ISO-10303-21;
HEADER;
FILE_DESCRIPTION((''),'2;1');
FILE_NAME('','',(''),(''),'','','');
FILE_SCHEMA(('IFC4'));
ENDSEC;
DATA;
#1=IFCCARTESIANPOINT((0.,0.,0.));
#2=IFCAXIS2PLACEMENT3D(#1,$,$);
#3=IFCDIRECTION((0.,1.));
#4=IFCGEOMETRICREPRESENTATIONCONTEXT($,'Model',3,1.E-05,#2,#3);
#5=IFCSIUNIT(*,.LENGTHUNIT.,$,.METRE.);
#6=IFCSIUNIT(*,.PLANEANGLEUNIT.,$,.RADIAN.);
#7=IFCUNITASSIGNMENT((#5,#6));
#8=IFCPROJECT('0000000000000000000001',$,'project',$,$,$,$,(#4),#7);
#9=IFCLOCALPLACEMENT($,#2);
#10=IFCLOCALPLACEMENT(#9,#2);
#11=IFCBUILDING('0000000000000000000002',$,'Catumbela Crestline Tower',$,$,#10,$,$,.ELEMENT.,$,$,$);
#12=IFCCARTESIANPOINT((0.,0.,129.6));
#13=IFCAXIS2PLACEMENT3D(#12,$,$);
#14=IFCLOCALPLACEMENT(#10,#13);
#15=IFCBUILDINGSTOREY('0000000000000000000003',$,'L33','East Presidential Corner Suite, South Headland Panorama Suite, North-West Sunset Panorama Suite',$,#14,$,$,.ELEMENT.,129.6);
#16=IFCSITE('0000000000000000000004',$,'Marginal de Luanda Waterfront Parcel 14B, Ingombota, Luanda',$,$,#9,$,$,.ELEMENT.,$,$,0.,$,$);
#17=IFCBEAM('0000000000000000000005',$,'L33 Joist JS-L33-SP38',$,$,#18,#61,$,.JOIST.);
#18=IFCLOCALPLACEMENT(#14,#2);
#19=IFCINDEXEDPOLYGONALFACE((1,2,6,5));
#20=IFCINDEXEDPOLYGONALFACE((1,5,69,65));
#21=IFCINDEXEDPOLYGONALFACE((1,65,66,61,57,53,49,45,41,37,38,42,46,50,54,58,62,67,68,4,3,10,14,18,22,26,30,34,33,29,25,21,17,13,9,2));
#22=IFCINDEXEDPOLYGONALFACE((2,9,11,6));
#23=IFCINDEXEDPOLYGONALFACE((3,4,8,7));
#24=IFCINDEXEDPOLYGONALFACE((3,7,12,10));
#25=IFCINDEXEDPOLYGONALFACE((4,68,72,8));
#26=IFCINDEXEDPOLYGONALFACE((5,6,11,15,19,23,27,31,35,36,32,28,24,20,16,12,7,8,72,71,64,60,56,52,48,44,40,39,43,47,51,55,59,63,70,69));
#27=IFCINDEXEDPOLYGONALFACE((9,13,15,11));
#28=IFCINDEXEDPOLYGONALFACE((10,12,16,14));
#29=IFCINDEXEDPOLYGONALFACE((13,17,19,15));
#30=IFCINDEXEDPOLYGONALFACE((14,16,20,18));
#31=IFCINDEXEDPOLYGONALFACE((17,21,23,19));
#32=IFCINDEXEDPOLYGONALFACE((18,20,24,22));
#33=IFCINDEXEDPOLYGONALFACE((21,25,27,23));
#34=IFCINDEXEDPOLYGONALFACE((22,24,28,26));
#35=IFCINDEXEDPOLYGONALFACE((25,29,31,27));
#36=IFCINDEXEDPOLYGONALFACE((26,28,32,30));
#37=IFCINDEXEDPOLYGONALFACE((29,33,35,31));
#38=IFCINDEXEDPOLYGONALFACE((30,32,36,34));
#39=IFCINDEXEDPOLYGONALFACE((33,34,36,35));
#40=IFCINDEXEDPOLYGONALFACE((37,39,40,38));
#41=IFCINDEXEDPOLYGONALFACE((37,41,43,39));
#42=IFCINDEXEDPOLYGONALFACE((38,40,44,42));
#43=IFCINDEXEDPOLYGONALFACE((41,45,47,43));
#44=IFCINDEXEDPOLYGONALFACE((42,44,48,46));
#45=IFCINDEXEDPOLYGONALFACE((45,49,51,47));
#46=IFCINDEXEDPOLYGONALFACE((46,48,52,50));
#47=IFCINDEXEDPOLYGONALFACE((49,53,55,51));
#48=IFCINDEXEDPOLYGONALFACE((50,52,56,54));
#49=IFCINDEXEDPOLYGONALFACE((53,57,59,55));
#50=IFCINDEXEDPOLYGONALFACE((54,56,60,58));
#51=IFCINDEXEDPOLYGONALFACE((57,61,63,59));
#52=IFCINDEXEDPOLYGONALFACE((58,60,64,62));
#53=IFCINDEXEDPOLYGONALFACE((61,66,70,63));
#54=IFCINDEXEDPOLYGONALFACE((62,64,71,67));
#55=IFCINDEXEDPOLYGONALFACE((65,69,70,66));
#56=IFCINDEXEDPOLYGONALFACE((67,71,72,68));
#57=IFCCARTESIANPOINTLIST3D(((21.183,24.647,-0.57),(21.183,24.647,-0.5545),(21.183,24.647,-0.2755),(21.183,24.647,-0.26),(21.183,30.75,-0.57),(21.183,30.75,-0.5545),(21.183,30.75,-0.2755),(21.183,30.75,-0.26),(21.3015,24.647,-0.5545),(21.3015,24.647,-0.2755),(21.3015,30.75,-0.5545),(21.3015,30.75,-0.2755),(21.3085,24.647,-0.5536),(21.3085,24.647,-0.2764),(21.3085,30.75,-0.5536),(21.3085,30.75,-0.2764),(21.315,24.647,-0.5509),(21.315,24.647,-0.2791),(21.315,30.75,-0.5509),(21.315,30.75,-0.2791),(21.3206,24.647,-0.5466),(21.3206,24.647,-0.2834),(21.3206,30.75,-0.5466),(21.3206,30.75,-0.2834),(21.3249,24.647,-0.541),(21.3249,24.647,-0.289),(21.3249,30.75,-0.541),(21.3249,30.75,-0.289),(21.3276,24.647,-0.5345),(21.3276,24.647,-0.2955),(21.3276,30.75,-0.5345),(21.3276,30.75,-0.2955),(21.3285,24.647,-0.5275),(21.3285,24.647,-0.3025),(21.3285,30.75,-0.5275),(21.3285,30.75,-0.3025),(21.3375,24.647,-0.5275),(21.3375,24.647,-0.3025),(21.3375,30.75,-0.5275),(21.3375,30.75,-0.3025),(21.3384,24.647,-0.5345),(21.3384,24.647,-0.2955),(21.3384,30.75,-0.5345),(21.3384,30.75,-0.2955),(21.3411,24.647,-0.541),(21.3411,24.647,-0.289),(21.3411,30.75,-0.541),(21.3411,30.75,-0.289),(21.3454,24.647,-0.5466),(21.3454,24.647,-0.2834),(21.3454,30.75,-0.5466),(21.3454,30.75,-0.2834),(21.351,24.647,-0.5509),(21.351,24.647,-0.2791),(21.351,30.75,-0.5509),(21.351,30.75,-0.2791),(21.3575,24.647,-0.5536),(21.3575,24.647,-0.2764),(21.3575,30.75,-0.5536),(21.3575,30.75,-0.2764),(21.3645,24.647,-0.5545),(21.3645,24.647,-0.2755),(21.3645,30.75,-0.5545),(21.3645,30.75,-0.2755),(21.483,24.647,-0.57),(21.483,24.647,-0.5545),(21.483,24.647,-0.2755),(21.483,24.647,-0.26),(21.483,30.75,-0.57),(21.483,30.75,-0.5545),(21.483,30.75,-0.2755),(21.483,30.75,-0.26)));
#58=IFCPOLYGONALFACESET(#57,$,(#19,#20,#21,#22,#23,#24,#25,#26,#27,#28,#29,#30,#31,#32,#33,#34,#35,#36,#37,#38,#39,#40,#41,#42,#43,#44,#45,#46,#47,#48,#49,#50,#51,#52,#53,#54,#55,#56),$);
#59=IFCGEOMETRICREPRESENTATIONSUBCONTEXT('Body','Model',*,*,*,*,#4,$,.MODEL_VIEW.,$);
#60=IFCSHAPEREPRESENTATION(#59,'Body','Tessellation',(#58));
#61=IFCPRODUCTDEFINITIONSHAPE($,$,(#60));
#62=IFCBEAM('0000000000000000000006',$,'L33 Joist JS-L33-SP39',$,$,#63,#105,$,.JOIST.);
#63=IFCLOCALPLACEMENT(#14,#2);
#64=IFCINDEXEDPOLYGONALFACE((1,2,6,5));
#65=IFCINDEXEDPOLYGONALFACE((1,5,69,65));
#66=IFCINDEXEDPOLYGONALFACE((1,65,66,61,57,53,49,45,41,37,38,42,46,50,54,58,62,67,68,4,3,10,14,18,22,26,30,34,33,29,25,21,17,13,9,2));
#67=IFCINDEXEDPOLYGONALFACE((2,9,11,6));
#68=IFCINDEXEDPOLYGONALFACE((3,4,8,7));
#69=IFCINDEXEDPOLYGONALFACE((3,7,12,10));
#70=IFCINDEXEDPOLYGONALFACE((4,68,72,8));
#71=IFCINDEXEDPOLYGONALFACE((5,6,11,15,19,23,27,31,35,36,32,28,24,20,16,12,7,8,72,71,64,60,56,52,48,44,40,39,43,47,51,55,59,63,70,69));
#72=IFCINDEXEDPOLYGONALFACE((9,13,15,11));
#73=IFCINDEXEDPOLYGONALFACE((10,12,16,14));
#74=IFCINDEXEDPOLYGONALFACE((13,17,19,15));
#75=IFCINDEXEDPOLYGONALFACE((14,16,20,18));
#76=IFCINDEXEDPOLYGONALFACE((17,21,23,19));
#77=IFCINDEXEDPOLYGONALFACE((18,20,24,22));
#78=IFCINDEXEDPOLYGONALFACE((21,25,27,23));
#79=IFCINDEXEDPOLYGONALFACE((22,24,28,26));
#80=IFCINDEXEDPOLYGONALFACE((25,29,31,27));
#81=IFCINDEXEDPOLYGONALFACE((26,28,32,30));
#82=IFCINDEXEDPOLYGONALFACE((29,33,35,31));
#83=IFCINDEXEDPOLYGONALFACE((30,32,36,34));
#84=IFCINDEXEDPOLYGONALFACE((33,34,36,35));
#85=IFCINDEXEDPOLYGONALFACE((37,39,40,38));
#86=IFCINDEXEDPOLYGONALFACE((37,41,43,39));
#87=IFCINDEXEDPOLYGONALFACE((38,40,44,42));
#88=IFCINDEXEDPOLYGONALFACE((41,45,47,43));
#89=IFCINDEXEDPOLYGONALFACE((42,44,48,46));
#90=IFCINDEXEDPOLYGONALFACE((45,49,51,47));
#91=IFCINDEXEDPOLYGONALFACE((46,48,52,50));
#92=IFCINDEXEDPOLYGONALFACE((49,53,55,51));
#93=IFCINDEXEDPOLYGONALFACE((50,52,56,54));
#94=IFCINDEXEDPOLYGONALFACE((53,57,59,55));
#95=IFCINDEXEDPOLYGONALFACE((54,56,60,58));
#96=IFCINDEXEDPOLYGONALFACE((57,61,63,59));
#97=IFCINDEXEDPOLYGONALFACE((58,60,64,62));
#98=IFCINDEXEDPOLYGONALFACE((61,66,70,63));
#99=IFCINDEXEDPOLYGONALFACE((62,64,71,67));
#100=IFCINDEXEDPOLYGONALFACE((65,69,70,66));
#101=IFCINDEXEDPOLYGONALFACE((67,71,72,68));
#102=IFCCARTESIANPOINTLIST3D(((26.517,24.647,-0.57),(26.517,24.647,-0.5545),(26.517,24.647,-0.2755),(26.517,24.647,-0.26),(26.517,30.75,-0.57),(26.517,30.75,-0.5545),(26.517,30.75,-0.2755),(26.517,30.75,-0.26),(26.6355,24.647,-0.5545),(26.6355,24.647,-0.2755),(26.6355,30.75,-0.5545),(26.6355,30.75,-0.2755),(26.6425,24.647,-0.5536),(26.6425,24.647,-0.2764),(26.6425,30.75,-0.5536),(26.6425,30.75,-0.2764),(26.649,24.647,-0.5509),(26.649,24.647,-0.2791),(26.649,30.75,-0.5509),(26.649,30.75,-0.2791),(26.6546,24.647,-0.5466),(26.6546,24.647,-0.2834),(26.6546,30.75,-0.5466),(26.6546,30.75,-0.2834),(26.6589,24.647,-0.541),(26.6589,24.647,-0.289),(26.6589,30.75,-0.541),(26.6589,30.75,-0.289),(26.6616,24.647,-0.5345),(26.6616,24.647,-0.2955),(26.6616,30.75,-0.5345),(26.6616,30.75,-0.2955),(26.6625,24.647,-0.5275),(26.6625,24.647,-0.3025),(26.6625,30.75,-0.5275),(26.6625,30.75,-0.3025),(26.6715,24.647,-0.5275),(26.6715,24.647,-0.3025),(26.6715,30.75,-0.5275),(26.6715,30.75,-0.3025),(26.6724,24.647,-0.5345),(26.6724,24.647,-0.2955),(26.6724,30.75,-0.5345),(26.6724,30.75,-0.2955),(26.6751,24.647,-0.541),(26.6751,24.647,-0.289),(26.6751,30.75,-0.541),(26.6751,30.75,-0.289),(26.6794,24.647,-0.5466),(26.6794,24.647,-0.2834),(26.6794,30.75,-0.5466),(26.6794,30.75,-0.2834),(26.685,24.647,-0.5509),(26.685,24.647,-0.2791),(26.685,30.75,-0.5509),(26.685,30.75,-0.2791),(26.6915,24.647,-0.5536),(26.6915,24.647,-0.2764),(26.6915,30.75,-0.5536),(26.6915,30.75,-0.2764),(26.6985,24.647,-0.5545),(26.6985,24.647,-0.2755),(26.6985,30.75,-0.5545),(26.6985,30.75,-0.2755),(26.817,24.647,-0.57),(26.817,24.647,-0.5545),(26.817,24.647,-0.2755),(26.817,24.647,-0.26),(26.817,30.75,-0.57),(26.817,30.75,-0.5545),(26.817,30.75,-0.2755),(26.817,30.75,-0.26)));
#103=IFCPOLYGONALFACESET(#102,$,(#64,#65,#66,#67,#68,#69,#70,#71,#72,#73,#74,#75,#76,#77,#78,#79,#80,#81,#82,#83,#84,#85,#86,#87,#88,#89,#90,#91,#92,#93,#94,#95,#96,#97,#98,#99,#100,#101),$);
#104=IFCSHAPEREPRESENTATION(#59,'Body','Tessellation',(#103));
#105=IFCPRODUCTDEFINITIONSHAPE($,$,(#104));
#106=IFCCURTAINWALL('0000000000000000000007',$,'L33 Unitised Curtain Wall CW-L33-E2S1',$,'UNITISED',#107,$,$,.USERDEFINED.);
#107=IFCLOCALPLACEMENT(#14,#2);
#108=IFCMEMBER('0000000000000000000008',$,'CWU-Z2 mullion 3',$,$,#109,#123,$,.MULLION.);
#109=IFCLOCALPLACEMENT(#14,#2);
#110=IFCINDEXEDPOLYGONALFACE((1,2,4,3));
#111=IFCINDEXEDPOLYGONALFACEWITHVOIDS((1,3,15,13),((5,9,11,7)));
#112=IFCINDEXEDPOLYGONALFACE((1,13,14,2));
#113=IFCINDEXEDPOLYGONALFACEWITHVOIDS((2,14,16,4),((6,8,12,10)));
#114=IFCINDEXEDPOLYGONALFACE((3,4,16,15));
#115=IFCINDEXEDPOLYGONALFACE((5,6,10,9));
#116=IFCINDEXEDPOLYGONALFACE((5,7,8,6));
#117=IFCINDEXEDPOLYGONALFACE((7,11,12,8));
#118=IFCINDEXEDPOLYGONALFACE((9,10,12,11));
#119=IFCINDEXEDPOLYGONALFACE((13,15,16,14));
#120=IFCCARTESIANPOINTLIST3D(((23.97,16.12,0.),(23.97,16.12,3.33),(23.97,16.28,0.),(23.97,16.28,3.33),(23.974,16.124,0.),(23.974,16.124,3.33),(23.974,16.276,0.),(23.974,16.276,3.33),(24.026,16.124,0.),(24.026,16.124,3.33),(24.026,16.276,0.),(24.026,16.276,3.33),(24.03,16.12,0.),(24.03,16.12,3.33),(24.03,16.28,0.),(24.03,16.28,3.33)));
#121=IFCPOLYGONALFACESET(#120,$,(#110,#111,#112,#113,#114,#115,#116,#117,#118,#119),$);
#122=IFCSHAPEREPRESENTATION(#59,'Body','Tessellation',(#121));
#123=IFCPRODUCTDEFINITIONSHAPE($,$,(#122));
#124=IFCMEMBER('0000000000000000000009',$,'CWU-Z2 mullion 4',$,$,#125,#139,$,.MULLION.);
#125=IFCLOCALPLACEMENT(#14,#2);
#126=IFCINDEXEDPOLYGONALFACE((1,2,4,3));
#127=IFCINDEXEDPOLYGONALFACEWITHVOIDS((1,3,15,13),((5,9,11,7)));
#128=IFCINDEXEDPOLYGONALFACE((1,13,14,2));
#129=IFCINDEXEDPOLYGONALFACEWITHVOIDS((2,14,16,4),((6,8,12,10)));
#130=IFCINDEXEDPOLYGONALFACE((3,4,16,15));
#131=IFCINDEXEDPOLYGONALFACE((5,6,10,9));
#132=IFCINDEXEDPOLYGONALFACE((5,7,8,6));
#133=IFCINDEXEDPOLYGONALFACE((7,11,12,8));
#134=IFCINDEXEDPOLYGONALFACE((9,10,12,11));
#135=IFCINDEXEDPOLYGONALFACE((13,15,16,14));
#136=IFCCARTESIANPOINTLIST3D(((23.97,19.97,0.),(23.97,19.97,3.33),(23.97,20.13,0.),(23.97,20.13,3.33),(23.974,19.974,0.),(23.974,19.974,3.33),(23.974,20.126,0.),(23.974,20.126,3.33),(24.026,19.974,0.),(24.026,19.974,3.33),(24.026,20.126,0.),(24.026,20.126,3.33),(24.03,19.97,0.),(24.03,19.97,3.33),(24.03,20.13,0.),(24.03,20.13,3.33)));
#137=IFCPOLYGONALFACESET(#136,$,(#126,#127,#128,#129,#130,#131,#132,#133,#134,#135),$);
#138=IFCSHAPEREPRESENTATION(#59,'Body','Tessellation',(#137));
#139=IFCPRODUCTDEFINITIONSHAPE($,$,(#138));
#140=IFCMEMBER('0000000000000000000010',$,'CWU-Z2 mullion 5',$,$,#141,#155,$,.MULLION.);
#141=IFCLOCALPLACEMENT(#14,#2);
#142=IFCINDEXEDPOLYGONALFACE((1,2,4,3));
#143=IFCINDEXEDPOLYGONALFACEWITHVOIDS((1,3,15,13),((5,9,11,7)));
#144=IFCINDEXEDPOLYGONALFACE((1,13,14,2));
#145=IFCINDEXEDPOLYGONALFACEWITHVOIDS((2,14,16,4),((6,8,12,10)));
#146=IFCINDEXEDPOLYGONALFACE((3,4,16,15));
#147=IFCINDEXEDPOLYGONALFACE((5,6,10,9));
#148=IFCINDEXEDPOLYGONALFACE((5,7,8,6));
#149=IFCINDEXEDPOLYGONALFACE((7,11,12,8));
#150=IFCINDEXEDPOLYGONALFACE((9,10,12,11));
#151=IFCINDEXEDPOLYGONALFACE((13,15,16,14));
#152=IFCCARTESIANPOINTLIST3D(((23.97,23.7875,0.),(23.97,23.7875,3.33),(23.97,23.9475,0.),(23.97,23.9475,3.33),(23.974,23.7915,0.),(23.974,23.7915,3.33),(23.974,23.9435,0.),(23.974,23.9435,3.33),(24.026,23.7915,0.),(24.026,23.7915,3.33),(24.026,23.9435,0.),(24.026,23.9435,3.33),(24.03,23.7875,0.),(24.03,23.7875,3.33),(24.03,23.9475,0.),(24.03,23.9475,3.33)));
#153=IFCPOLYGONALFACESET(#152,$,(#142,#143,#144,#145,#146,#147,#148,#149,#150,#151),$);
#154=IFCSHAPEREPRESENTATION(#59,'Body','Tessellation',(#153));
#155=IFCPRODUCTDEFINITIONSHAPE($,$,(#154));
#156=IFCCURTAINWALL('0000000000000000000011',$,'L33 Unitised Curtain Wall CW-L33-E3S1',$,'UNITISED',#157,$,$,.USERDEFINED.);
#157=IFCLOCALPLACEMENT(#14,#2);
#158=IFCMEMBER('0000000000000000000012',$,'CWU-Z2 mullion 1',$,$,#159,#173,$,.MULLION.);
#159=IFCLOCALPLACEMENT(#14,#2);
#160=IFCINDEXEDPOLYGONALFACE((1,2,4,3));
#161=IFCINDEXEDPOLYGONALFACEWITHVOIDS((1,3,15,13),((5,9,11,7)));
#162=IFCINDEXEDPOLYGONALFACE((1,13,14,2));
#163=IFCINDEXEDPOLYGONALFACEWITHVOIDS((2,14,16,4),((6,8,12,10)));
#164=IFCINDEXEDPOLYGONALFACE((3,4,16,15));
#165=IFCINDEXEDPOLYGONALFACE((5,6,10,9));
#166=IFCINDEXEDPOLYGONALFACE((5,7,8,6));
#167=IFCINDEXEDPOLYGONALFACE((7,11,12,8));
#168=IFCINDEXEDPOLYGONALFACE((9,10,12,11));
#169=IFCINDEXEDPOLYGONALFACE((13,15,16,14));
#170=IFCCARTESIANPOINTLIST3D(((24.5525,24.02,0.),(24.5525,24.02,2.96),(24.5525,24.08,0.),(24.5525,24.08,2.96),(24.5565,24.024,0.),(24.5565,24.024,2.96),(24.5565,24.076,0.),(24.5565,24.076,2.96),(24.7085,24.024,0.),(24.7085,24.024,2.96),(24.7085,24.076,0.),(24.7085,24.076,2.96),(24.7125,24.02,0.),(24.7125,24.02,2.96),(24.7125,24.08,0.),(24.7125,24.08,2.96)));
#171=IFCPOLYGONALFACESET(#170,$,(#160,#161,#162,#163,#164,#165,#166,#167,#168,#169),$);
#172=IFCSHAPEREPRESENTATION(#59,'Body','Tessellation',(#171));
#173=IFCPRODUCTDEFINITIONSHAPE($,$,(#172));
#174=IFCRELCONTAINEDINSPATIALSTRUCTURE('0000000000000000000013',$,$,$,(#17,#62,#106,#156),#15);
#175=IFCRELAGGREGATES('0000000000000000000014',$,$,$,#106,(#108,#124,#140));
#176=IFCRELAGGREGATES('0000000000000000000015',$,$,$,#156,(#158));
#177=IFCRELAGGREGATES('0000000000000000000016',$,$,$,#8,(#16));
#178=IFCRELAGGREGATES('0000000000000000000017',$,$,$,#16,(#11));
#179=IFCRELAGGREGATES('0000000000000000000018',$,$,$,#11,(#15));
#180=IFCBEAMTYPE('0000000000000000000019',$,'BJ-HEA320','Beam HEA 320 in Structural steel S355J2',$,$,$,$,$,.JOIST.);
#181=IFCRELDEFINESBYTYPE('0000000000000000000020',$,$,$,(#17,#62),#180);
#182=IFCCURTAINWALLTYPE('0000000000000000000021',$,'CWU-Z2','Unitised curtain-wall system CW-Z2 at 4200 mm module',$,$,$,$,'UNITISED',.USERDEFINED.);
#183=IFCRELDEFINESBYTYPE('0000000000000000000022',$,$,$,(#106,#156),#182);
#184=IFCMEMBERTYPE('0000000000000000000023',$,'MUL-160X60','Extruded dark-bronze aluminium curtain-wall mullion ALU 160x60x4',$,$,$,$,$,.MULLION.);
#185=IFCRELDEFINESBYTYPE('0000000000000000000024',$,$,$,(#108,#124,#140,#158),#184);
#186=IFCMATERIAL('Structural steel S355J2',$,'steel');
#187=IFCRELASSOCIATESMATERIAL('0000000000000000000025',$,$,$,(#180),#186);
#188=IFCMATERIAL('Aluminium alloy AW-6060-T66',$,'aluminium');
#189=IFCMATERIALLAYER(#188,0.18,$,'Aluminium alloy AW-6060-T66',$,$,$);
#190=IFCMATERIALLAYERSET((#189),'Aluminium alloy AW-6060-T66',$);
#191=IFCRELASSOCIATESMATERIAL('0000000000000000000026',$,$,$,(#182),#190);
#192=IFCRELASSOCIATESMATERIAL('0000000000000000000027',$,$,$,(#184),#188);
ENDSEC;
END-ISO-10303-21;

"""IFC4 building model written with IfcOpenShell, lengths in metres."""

from ifc_helpers import new_model, si_unit, direction, frame, origin, origin_2d, place, context, subcontext, project, spatial, hollow_rectangle, i_section, extrude, material, layer, layer_set, material_profile, profile_set, type_object, element, aggregate, save


model = new_model("IFC4")

# Units and contexts
model_context = context("Model", 3, precision=1e-05, world=origin(), true_north=direction((0.0, 1.0)))
body_context = subcontext(model_context, "Body", "Model", "MODEL_VIEW")
ifc_project = project(units=[si_unit("LENGTHUNIT", "METRE"), si_unit("PLANEANGLEUNIT", "RADIAN")], contexts=[model_context])

# Site, building, storey
site_placement = place(None, origin())
site = spatial("IfcSite", under=ifc_project, at=site_placement, Name="Marginal de Luanda Waterfront Parcel 14B, Ingombota, Luanda", CompositionType="ELEMENT", RefElevation=0.0)
building_placement = place(site_placement, origin())
building = spatial("IfcBuilding", under=site, at=building_placement, Name="Catumbela Crestline Tower", CompositionType="ELEMENT")
storey_placement = place(building_placement, frame((0.0, 0.0, 129.6)))
storey = spatial("IfcBuildingStorey", under=building, at=storey_placement, Name="L33", Description="East Presidential Corner Suite, South Headland Panorama Suite, North-West Sunset Panorama Suite", CompositionType="ELEMENT", Elevation=129.6)

# Beams
ifc_material_1 = material(Name="Structural steel S355J2", Category="steel")
ifc_material_profile_1 = material_profile(ifc_material_1, i_section(OverallWidth=0.3, OverallDepth=0.31, WebThickness=0.009, FlangeThickness=0.0155, FilletRadius=0.027, at=origin_2d()), Name="HEA 320")
ifc_profile_set_1 = profile_set([ifc_material_profile_1], Name="Structural steel S355J2")
beam_type_1 = type_object("IfcBeamType", Name="BJ-HEA320", Description="Beam HEA 320 in Structural steel S355J2", PredefinedType="JOIST", material=ifc_profile_set_1)
for number, where, z_axis, x_axis, name in (
    (1, (21.333, 24.647, -0.415), (0.0, 1.0, 0.0), (-1.0, 0.0, 0.0), "L33 Joist JS-L33-SP38"),
    (2, (26.667, 24.647, -0.415), (0.0, 1.0, 0.0), (-1.0, 0.0, 0.0), "L33 Joist JS-L33-SP39"),
):
    element("IfcBeam", number, at=place(storey_placement, frame(where, z_axis=z_axis, x_axis=x_axis)), inside=storey, type_object=beam_type_1, Name=name, PredefinedType="JOIST", context=body_context, shape_type="SweptSolid", body=[
        extrude(i_section(OverallWidth=0.3, OverallDepth=0.31, WebThickness=0.009, FlangeThickness=0.0155, FilletRadius=0.027, at=origin_2d()), origin(), (0.0, 0.0, 1.0), 6.103),
    ])

# Curtain wall, members
ifc_material_2 = material(Name="Aluminium alloy AW-6060-T66", Category="aluminium")
ifc_layer_1 = layer(ifc_material_2, 0.18, Name="Aluminium alloy AW-6060-T66")
ifc_layer_set_1 = layer_set([ifc_layer_1], Name="Aluminium alloy AW-6060-T66")
curtain_wall_type = type_object("IfcCurtainWallType", Name="CWU-Z2", Description="Unitised curtain-wall system CW-Z2 at 4200 mm module", ElementType="UNITISED", PredefinedType="USERDEFINED", material=ifc_layer_set_1)
curtain_wall_1_placement = place(storey_placement, origin())
curtain_wall_1 = element("IfcCurtainWall", 3, at=curtain_wall_1_placement, inside=storey, type_object=curtain_wall_type, Name="L33 Unitised Curtain Wall CW-L33-E2S1", ObjectType="UNITISED", PredefinedType="USERDEFINED")
ifc_material_profile_2 = material_profile(ifc_material_2, hollow_rectangle(XDim=0.06, YDim=0.16, WallThickness=0.004, at=origin_2d()), Name="ALU 160x60x4")
ifc_profile_set_2 = profile_set([ifc_material_profile_2], Name="Aluminium alloy AW-6060-T66")
member_type_1 = type_object("IfcMemberType", Name="MUL-160X60", Description="Extruded dark-bronze aluminium curtain-wall mullion ALU 160x60x4", PredefinedType="MULLION", material=ifc_profile_set_2)
member_1_placement = place(storey_placement, frame((24.0, 16.2, 0.0), z_axis=(0.0, 0.0, 1.0), x_axis=(-1.0, 0.0, 0.0)))
member_1 = element("IfcMember", 4, at=member_1_placement, type_object=member_type_1, Name="CWU-Z2 mullion 3", PredefinedType="MULLION", context=body_context, shape_type="SweptSolid", body=[
    extrude(hollow_rectangle(XDim=0.06, YDim=0.16, WallThickness=0.004, at=origin_2d()), origin(), (0.0, 0.0, 1.0), 3.33),
])
member_2_placement = place(storey_placement, frame((24.0, 20.05, 0.0), z_axis=(0.0, 0.0, 1.0), x_axis=(-1.0, 0.0, 0.0)))
member_2 = element("IfcMember", 5, at=member_2_placement, type_object=member_type_1, Name="CWU-Z2 mullion 4", PredefinedType="MULLION", context=body_context, shape_type="SweptSolid", body=[
    extrude(hollow_rectangle(XDim=0.06, YDim=0.16, WallThickness=0.004, at=origin_2d()), origin(), (0.0, 0.0, 1.0), 3.33),
])
member_3_placement = place(storey_placement, frame((24.0, 23.8675, 0.0), z_axis=(0.0, 0.0, 1.0), x_axis=(-1.0, 0.0, 0.0)))
member_3 = element("IfcMember", 6, at=member_3_placement, type_object=member_type_1, Name="CWU-Z2 mullion 5", PredefinedType="MULLION", context=body_context, shape_type="SweptSolid", body=[
    extrude(hollow_rectangle(XDim=0.06, YDim=0.16, WallThickness=0.004, at=origin_2d()), origin(), (0.0, 0.0, 1.0), 3.33),
])

# Curtain wall, member
curtain_wall_2_placement = place(storey_placement, origin())
curtain_wall_2 = element("IfcCurtainWall", 7, at=curtain_wall_2_placement, inside=storey, type_object=curtain_wall_type, Name="L33 Unitised Curtain Wall CW-L33-E3S1", ObjectType="UNITISED", PredefinedType="USERDEFINED")
member_4_placement = place(storey_placement, frame((24.6325, 24.05, 0.0), z_axis=(0.0, 0.0, 1.0), x_axis=(0.0, 1.0, 0.0)))
member_4 = element("IfcMember", 8, at=member_4_placement, type_object=member_type_1, Name="CWU-Z2 mullion 1", PredefinedType="MULLION", context=body_context, shape_type="SweptSolid", body=[
    extrude(hollow_rectangle(XDim=0.06, YDim=0.16, WallThickness=0.004, at=origin_2d()), origin(), (0.0, 0.0, 1.0), 2.96),
])

aggregate(curtain_wall_1, [member_1, member_2, member_3])
aggregate(curtain_wall_2, [member_4])

save(model, "model.ifc")
